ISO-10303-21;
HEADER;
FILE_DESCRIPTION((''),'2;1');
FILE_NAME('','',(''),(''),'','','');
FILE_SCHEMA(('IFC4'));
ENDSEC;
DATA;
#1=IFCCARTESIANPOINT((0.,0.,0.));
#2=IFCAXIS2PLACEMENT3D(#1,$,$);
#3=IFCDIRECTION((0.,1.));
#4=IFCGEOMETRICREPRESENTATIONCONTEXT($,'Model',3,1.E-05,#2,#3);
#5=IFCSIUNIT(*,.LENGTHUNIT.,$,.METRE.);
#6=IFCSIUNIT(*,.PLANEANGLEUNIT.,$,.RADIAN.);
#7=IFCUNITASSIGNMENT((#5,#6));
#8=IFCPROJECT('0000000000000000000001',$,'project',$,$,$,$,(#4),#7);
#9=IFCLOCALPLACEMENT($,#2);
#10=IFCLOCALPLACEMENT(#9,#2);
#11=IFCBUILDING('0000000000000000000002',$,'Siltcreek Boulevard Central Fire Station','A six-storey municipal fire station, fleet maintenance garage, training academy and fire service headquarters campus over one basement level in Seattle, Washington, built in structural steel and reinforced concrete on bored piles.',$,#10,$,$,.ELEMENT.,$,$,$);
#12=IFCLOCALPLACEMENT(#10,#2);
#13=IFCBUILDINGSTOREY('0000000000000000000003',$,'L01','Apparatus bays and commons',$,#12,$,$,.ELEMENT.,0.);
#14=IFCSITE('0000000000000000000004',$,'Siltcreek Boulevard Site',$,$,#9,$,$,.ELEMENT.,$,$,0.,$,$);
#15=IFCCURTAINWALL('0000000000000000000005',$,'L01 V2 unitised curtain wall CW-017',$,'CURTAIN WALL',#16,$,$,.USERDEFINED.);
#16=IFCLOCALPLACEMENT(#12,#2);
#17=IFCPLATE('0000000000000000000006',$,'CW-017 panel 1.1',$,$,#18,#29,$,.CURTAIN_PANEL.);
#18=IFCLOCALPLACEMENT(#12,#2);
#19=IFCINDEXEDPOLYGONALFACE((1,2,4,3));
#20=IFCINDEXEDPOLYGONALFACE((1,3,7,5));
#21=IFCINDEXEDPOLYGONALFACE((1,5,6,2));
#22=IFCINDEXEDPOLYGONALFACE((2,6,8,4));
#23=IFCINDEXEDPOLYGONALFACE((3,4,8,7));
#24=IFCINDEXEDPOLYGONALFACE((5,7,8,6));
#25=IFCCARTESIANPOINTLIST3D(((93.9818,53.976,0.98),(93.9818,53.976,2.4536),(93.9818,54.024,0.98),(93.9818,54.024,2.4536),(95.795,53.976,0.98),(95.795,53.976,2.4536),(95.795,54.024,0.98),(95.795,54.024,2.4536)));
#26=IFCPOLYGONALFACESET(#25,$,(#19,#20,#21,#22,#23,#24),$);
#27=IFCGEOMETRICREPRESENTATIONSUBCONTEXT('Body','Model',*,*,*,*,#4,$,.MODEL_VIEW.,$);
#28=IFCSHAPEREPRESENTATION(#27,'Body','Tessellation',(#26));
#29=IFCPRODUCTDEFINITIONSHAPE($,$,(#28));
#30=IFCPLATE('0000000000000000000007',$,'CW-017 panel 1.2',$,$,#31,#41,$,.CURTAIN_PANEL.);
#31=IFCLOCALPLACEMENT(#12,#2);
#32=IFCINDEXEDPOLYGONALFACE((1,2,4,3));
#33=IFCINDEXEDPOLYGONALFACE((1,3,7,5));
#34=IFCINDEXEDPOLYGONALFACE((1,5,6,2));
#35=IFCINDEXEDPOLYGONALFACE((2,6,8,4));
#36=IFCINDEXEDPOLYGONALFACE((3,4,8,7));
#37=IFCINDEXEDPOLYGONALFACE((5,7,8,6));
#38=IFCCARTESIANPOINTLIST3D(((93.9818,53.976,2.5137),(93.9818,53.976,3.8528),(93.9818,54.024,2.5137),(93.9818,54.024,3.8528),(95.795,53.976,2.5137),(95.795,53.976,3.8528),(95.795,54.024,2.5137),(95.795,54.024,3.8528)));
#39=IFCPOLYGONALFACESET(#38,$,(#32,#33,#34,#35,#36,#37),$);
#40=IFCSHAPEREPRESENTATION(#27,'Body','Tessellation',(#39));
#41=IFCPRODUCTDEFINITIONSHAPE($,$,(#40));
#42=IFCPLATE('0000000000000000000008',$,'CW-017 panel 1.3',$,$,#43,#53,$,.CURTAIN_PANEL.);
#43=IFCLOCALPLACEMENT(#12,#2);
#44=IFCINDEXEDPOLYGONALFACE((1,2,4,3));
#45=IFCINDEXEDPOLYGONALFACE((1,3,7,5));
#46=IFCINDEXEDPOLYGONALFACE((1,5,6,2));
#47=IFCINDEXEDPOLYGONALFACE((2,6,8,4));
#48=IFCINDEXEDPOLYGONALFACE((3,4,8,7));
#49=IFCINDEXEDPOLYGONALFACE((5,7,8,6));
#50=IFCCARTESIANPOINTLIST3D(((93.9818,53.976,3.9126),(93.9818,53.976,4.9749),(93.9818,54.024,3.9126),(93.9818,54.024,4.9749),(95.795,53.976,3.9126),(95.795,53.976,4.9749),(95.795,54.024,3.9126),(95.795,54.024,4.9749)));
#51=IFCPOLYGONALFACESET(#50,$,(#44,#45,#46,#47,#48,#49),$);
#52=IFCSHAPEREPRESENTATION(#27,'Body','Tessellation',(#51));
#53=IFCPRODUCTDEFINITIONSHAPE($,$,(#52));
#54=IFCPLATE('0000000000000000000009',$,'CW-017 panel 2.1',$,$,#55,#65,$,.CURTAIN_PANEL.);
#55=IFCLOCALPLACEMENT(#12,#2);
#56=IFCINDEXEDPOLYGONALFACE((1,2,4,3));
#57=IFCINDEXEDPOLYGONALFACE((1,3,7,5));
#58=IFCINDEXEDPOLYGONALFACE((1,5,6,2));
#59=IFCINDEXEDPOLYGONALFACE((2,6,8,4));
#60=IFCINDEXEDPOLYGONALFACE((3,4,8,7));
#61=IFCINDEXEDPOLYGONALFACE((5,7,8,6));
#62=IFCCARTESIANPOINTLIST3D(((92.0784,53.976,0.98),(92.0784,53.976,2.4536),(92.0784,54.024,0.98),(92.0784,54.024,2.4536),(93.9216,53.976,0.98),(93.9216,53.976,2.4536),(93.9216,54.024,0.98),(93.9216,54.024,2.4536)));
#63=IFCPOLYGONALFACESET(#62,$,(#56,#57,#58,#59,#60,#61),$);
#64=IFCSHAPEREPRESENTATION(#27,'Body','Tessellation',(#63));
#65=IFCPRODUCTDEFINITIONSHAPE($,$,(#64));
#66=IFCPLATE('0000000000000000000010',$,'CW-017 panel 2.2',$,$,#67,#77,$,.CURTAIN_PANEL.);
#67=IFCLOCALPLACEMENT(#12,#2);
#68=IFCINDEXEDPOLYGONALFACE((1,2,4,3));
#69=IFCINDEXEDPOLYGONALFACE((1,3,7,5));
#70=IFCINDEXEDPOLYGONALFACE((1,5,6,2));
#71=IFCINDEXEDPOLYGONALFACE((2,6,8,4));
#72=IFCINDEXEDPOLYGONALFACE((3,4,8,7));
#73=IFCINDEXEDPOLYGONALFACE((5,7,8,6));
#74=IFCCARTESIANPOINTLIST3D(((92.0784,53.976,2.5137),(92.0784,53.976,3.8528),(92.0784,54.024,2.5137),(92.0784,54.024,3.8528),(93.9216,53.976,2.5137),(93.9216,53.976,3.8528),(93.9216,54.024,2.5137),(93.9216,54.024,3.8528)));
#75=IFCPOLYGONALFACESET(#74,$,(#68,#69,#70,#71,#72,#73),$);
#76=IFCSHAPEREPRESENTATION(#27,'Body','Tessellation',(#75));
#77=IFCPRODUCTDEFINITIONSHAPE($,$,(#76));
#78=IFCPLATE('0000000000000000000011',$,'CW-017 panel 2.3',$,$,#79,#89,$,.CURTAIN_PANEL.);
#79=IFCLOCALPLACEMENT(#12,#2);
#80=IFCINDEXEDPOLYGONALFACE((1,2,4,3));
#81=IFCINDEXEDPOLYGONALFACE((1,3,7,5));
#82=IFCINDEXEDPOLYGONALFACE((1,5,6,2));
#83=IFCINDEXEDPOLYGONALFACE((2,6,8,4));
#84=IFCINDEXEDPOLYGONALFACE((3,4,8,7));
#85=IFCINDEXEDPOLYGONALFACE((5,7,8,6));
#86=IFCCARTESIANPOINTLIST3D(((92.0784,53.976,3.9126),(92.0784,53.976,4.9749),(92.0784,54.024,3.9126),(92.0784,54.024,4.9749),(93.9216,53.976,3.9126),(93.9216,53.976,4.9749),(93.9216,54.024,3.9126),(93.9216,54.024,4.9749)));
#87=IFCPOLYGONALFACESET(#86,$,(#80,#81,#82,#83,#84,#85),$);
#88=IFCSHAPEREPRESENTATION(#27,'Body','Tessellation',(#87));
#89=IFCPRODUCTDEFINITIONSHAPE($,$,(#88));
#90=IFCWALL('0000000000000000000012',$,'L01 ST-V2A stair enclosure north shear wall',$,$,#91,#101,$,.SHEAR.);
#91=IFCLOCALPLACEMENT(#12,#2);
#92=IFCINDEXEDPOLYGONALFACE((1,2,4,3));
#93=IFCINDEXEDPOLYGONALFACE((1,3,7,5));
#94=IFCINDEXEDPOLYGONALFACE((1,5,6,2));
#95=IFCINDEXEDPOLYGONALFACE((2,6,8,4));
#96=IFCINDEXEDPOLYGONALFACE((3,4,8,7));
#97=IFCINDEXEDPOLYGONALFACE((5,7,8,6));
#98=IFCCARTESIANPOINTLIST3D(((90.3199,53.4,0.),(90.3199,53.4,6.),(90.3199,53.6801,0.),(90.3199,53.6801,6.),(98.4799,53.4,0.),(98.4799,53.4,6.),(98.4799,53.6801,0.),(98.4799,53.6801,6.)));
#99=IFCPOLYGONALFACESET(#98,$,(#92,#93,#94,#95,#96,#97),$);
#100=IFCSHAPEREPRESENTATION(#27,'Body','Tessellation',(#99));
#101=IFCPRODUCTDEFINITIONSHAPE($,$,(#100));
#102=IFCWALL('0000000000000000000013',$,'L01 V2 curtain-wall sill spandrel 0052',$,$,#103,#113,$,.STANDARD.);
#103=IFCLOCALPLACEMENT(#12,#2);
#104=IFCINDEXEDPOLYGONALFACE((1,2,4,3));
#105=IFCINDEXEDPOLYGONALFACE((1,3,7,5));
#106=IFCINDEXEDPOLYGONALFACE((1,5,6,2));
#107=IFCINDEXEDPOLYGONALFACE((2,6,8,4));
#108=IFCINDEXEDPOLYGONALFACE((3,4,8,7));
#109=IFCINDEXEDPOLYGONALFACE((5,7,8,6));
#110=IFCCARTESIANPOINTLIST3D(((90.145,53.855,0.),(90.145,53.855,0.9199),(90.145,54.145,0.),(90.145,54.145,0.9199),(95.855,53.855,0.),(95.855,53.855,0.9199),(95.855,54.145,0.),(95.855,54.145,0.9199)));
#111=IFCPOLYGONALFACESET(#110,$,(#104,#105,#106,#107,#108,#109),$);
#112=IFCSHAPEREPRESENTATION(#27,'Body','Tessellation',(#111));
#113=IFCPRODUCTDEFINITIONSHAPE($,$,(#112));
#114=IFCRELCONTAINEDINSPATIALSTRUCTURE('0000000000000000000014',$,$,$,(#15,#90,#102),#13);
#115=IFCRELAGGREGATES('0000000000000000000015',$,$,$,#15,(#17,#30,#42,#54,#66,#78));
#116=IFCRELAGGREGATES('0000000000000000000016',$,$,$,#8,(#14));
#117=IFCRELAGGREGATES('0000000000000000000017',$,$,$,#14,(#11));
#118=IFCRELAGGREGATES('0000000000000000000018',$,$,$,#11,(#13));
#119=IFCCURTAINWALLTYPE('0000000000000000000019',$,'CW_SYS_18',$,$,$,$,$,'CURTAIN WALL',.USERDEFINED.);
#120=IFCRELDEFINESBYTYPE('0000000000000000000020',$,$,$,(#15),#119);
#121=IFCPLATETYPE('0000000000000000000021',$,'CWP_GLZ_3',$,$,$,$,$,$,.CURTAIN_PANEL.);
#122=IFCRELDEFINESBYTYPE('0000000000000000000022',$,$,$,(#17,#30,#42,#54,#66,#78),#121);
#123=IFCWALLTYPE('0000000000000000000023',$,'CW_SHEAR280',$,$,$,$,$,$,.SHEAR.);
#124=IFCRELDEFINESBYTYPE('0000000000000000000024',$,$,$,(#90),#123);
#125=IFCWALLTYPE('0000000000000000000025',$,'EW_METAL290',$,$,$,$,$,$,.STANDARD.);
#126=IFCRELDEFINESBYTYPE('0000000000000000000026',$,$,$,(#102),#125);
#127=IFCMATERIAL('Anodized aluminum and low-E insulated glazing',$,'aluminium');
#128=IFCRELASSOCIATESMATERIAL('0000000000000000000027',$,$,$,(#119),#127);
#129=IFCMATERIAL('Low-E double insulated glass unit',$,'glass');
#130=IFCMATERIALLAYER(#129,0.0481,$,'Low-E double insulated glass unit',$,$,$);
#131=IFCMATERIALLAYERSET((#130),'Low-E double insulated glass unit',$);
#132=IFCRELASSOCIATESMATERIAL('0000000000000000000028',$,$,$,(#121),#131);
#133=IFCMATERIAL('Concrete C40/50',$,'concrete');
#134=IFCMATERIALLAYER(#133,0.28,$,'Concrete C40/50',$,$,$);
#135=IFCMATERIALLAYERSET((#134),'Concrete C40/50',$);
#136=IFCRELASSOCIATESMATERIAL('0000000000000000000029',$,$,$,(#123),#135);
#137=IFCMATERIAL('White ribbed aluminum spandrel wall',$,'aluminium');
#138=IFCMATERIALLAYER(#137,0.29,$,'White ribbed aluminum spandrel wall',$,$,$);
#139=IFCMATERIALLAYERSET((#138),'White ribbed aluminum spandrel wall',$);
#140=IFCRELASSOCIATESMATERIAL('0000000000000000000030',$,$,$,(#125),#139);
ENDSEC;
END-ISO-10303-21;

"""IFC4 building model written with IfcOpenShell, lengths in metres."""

from ifc_helpers import new_model, si_unit, direction, frame, frame_2d, origin, origin_2d, place, context, subcontext, project, spatial, rectangle, extrude, material, layer, layer_set, type_object, element, aggregate, save


model = new_model("IFC4")

# Units and contexts
model_context = context("Model", 3, precision=1e-05, world=origin(), true_north=direction((0.0, 1.0)))
body_context = subcontext(model_context, "Body", "Model", "MODEL_VIEW")
ifc_project = project(units=[si_unit("LENGTHUNIT", "METRE"), si_unit("PLANEANGLEUNIT", "RADIAN")], contexts=[model_context])

# Site, building, storey
site_placement = place(None, origin())
site = spatial("IfcSite", under=ifc_project, at=site_placement, Name="Siltcreek Boulevard Site", CompositionType="ELEMENT", RefElevation=0.0)
building_placement = place(site_placement, origin())
building = spatial("IfcBuilding", under=site, at=building_placement, Name="Siltcreek Boulevard Central Fire Station", Description="A six-storey municipal fire station, fleet maintenance garage, training academy and fire service headquarters campus over one basement level in Seattle, Washington, built in structural steel and reinforced concrete on bored piles.", CompositionType="ELEMENT")
storey_placement = place(building_placement, origin())
storey = spatial("IfcBuildingStorey", under=building, at=storey_placement, Name="L01", Description="Apparatus bays and commons", CompositionType="ELEMENT", Elevation=0.0)

# Curtain wall
ifc_material_1 = material(Name="Anodized aluminum and low-E insulated glazing", Category="aluminium")
curtain_wall_type = type_object("IfcCurtainWallType", Name="CW_SYS_18", ElementType="CURTAIN WALL", PredefinedType="USERDEFINED", material=ifc_material_1)
curtain_wall_placement = place(storey_placement, origin())
curtain_wall = element("IfcCurtainWall", 1, at=curtain_wall_placement, inside=storey, type_object=curtain_wall_type, Name="L01 V2 unitised curtain wall CW-017", ObjectType="CURTAIN WALL", PredefinedType="USERDEFINED")

# Plates
ifc_material_2 = material(Name="Low-E double insulated glass unit", Category="glass")
ifc_layer_1 = layer(ifc_material_2, 0.0481, Name="Low-E double insulated glass unit")
ifc_layer_set_1 = layer_set([ifc_layer_1], Name="Low-E double insulated glass unit")
plate_type = type_object("IfcPlateType", Name="CWP_GLZ_3", PredefinedType="CURTAIN_PANEL", material=ifc_layer_set_1)
plate_1_placement = place(storey_placement, frame((94.8884, 54.0, 0.98), z_axis=(0.0, 0.0, 1.0), x_axis=(-1.0, 0.0, 0.0)))
plate_1 = element("IfcPlate", 2, at=plate_1_placement, type_object=plate_type, Name="CW-017 panel 1.1", PredefinedType="CURTAIN_PANEL", context=body_context, shape_type="SweptSolid", body=[
    extrude(rectangle(XDim=1.8132, YDim=0.0481, at=origin_2d()), origin(), (0.0, 0.0, 1.0), 1.4736),
])
plate_2_placement = place(storey_placement, frame((94.8884, 54.0, 2.5137), z_axis=(0.0, 0.0, 1.0), x_axis=(-1.0, 0.0, 0.0)))
plate_2 = element("IfcPlate", 3, at=plate_2_placement, type_object=plate_type, Name="CW-017 panel 1.2", PredefinedType="CURTAIN_PANEL", context=body_context, shape_type="SweptSolid", body=[
    extrude(rectangle(XDim=1.8132, YDim=0.0481, at=origin_2d()), origin(), (0.0, 0.0, 1.0), 1.3391),
])
plate_3_placement = place(storey_placement, frame((94.8884, 54.0, 3.9126), z_axis=(0.0, 0.0, 1.0), x_axis=(-1.0, 0.0, 0.0)))
plate_3 = element("IfcPlate", 4, at=plate_3_placement, type_object=plate_type, Name="CW-017 panel 1.3", PredefinedType="CURTAIN_PANEL", context=body_context, shape_type="SweptSolid", body=[
    extrude(rectangle(XDim=1.8132, YDim=0.0481, at=origin_2d()), origin(), (0.0, 0.0, 1.0), 1.0623),
])
plate_4_placement = place(storey_placement, frame((93.0, 54.0, 0.98), z_axis=(0.0, 0.0, 1.0), x_axis=(-1.0, 0.0, 0.0)))
plate_4 = element("IfcPlate", 5, at=plate_4_placement, type_object=plate_type, Name="CW-017 panel 2.1", PredefinedType="CURTAIN_PANEL", context=body_context, shape_type="SweptSolid", body=[
    extrude(rectangle(XDim=1.8433, YDim=0.0481, at=origin_2d()), origin(), (0.0, 0.0, 1.0), 1.4736),
])
plate_5_placement = place(storey_placement, frame((93.0, 54.0, 2.5137), z_axis=(0.0, 0.0, 1.0), x_axis=(-1.0, 0.0, 0.0)))
plate_5 = element("IfcPlate", 6, at=plate_5_placement, type_object=plate_type, Name="CW-017 panel 2.2", PredefinedType="CURTAIN_PANEL", context=body_context, shape_type="SweptSolid", body=[
    extrude(rectangle(XDim=1.8433, YDim=0.0481, at=origin_2d()), origin(), (0.0, 0.0, 1.0), 1.3391),
])
plate_6_placement = place(storey_placement, frame((93.0, 54.0, 3.9126), z_axis=(0.0, 0.0, 1.0), x_axis=(-1.0, 0.0, 0.0)))
plate_6 = element("IfcPlate", 7, at=plate_6_placement, type_object=plate_type, Name="CW-017 panel 2.3", PredefinedType="CURTAIN_PANEL", context=body_context, shape_type="SweptSolid", body=[
    extrude(rectangle(XDim=1.8433, YDim=0.0481, at=origin_2d()), origin(), (0.0, 0.0, 1.0), 1.0623),
])
aggregate(curtain_wall, [plate_1, plate_2, plate_3, plate_4, plate_5, plate_6])

# Walls
ifc_material_3 = material(Name="Concrete C40/50", Category="concrete")
ifc_layer_2 = layer(ifc_material_3, 0.28, Name="Concrete C40/50")
ifc_layer_set_2 = layer_set([ifc_layer_2], Name="Concrete C40/50")
wall_type_1 = type_object("IfcWallType", Name="CW_SHEAR280", PredefinedType="SHEAR", material=ifc_layer_set_2)
wall_1_placement = place(storey_placement, frame((98.48, 53.54, 0.0), z_axis=(0.0, 0.0, 1.0), x_axis=(-1.0, 0.0, 0.0)))
element("IfcWall", 8, at=wall_1_placement, inside=storey, type_object=wall_type_1, Name="L01 ST-V2A stair enclosure north shear wall", PredefinedType="SHEAR", context=body_context, shape_type="SweptSolid", body=[
    extrude(rectangle(XDim=8.1599, YDim=0.28, at=frame_2d((4.0801, 0.0))), origin(), (0.0, 0.0, 1.0), 6.0),
])
ifc_material_4 = material(Name="White ribbed aluminum spandrel wall", Category="aluminium")
ifc_layer_3 = layer(ifc_material_4, 0.29, Name="White ribbed aluminum spandrel wall")
ifc_layer_set_3 = layer_set([ifc_layer_3], Name="White ribbed aluminum spandrel wall")
wall_type_2 = type_object("IfcWallType", Name="EW_METAL290", PredefinedType="STANDARD", material=ifc_layer_set_3)
wall_2_placement = place(storey_placement, frame((95.855, 54.0, 0.0), z_axis=(0.0, 0.0, 1.0), x_axis=(-1.0, 0.0, 0.0)))
element("IfcWall", 9, at=wall_2_placement, inside=storey, type_object=wall_type_2, Name="L01 V2 curtain-wall sill spandrel 0052", PredefinedType="STANDARD", context=body_context, shape_type="SweptSolid", body=[
    extrude(rectangle(XDim=5.71, YDim=0.29, at=frame_2d((2.855, 0.0))), origin(), (0.0, 0.0, 1.0), 0.9199),
])

save(model, "model.ifc")
